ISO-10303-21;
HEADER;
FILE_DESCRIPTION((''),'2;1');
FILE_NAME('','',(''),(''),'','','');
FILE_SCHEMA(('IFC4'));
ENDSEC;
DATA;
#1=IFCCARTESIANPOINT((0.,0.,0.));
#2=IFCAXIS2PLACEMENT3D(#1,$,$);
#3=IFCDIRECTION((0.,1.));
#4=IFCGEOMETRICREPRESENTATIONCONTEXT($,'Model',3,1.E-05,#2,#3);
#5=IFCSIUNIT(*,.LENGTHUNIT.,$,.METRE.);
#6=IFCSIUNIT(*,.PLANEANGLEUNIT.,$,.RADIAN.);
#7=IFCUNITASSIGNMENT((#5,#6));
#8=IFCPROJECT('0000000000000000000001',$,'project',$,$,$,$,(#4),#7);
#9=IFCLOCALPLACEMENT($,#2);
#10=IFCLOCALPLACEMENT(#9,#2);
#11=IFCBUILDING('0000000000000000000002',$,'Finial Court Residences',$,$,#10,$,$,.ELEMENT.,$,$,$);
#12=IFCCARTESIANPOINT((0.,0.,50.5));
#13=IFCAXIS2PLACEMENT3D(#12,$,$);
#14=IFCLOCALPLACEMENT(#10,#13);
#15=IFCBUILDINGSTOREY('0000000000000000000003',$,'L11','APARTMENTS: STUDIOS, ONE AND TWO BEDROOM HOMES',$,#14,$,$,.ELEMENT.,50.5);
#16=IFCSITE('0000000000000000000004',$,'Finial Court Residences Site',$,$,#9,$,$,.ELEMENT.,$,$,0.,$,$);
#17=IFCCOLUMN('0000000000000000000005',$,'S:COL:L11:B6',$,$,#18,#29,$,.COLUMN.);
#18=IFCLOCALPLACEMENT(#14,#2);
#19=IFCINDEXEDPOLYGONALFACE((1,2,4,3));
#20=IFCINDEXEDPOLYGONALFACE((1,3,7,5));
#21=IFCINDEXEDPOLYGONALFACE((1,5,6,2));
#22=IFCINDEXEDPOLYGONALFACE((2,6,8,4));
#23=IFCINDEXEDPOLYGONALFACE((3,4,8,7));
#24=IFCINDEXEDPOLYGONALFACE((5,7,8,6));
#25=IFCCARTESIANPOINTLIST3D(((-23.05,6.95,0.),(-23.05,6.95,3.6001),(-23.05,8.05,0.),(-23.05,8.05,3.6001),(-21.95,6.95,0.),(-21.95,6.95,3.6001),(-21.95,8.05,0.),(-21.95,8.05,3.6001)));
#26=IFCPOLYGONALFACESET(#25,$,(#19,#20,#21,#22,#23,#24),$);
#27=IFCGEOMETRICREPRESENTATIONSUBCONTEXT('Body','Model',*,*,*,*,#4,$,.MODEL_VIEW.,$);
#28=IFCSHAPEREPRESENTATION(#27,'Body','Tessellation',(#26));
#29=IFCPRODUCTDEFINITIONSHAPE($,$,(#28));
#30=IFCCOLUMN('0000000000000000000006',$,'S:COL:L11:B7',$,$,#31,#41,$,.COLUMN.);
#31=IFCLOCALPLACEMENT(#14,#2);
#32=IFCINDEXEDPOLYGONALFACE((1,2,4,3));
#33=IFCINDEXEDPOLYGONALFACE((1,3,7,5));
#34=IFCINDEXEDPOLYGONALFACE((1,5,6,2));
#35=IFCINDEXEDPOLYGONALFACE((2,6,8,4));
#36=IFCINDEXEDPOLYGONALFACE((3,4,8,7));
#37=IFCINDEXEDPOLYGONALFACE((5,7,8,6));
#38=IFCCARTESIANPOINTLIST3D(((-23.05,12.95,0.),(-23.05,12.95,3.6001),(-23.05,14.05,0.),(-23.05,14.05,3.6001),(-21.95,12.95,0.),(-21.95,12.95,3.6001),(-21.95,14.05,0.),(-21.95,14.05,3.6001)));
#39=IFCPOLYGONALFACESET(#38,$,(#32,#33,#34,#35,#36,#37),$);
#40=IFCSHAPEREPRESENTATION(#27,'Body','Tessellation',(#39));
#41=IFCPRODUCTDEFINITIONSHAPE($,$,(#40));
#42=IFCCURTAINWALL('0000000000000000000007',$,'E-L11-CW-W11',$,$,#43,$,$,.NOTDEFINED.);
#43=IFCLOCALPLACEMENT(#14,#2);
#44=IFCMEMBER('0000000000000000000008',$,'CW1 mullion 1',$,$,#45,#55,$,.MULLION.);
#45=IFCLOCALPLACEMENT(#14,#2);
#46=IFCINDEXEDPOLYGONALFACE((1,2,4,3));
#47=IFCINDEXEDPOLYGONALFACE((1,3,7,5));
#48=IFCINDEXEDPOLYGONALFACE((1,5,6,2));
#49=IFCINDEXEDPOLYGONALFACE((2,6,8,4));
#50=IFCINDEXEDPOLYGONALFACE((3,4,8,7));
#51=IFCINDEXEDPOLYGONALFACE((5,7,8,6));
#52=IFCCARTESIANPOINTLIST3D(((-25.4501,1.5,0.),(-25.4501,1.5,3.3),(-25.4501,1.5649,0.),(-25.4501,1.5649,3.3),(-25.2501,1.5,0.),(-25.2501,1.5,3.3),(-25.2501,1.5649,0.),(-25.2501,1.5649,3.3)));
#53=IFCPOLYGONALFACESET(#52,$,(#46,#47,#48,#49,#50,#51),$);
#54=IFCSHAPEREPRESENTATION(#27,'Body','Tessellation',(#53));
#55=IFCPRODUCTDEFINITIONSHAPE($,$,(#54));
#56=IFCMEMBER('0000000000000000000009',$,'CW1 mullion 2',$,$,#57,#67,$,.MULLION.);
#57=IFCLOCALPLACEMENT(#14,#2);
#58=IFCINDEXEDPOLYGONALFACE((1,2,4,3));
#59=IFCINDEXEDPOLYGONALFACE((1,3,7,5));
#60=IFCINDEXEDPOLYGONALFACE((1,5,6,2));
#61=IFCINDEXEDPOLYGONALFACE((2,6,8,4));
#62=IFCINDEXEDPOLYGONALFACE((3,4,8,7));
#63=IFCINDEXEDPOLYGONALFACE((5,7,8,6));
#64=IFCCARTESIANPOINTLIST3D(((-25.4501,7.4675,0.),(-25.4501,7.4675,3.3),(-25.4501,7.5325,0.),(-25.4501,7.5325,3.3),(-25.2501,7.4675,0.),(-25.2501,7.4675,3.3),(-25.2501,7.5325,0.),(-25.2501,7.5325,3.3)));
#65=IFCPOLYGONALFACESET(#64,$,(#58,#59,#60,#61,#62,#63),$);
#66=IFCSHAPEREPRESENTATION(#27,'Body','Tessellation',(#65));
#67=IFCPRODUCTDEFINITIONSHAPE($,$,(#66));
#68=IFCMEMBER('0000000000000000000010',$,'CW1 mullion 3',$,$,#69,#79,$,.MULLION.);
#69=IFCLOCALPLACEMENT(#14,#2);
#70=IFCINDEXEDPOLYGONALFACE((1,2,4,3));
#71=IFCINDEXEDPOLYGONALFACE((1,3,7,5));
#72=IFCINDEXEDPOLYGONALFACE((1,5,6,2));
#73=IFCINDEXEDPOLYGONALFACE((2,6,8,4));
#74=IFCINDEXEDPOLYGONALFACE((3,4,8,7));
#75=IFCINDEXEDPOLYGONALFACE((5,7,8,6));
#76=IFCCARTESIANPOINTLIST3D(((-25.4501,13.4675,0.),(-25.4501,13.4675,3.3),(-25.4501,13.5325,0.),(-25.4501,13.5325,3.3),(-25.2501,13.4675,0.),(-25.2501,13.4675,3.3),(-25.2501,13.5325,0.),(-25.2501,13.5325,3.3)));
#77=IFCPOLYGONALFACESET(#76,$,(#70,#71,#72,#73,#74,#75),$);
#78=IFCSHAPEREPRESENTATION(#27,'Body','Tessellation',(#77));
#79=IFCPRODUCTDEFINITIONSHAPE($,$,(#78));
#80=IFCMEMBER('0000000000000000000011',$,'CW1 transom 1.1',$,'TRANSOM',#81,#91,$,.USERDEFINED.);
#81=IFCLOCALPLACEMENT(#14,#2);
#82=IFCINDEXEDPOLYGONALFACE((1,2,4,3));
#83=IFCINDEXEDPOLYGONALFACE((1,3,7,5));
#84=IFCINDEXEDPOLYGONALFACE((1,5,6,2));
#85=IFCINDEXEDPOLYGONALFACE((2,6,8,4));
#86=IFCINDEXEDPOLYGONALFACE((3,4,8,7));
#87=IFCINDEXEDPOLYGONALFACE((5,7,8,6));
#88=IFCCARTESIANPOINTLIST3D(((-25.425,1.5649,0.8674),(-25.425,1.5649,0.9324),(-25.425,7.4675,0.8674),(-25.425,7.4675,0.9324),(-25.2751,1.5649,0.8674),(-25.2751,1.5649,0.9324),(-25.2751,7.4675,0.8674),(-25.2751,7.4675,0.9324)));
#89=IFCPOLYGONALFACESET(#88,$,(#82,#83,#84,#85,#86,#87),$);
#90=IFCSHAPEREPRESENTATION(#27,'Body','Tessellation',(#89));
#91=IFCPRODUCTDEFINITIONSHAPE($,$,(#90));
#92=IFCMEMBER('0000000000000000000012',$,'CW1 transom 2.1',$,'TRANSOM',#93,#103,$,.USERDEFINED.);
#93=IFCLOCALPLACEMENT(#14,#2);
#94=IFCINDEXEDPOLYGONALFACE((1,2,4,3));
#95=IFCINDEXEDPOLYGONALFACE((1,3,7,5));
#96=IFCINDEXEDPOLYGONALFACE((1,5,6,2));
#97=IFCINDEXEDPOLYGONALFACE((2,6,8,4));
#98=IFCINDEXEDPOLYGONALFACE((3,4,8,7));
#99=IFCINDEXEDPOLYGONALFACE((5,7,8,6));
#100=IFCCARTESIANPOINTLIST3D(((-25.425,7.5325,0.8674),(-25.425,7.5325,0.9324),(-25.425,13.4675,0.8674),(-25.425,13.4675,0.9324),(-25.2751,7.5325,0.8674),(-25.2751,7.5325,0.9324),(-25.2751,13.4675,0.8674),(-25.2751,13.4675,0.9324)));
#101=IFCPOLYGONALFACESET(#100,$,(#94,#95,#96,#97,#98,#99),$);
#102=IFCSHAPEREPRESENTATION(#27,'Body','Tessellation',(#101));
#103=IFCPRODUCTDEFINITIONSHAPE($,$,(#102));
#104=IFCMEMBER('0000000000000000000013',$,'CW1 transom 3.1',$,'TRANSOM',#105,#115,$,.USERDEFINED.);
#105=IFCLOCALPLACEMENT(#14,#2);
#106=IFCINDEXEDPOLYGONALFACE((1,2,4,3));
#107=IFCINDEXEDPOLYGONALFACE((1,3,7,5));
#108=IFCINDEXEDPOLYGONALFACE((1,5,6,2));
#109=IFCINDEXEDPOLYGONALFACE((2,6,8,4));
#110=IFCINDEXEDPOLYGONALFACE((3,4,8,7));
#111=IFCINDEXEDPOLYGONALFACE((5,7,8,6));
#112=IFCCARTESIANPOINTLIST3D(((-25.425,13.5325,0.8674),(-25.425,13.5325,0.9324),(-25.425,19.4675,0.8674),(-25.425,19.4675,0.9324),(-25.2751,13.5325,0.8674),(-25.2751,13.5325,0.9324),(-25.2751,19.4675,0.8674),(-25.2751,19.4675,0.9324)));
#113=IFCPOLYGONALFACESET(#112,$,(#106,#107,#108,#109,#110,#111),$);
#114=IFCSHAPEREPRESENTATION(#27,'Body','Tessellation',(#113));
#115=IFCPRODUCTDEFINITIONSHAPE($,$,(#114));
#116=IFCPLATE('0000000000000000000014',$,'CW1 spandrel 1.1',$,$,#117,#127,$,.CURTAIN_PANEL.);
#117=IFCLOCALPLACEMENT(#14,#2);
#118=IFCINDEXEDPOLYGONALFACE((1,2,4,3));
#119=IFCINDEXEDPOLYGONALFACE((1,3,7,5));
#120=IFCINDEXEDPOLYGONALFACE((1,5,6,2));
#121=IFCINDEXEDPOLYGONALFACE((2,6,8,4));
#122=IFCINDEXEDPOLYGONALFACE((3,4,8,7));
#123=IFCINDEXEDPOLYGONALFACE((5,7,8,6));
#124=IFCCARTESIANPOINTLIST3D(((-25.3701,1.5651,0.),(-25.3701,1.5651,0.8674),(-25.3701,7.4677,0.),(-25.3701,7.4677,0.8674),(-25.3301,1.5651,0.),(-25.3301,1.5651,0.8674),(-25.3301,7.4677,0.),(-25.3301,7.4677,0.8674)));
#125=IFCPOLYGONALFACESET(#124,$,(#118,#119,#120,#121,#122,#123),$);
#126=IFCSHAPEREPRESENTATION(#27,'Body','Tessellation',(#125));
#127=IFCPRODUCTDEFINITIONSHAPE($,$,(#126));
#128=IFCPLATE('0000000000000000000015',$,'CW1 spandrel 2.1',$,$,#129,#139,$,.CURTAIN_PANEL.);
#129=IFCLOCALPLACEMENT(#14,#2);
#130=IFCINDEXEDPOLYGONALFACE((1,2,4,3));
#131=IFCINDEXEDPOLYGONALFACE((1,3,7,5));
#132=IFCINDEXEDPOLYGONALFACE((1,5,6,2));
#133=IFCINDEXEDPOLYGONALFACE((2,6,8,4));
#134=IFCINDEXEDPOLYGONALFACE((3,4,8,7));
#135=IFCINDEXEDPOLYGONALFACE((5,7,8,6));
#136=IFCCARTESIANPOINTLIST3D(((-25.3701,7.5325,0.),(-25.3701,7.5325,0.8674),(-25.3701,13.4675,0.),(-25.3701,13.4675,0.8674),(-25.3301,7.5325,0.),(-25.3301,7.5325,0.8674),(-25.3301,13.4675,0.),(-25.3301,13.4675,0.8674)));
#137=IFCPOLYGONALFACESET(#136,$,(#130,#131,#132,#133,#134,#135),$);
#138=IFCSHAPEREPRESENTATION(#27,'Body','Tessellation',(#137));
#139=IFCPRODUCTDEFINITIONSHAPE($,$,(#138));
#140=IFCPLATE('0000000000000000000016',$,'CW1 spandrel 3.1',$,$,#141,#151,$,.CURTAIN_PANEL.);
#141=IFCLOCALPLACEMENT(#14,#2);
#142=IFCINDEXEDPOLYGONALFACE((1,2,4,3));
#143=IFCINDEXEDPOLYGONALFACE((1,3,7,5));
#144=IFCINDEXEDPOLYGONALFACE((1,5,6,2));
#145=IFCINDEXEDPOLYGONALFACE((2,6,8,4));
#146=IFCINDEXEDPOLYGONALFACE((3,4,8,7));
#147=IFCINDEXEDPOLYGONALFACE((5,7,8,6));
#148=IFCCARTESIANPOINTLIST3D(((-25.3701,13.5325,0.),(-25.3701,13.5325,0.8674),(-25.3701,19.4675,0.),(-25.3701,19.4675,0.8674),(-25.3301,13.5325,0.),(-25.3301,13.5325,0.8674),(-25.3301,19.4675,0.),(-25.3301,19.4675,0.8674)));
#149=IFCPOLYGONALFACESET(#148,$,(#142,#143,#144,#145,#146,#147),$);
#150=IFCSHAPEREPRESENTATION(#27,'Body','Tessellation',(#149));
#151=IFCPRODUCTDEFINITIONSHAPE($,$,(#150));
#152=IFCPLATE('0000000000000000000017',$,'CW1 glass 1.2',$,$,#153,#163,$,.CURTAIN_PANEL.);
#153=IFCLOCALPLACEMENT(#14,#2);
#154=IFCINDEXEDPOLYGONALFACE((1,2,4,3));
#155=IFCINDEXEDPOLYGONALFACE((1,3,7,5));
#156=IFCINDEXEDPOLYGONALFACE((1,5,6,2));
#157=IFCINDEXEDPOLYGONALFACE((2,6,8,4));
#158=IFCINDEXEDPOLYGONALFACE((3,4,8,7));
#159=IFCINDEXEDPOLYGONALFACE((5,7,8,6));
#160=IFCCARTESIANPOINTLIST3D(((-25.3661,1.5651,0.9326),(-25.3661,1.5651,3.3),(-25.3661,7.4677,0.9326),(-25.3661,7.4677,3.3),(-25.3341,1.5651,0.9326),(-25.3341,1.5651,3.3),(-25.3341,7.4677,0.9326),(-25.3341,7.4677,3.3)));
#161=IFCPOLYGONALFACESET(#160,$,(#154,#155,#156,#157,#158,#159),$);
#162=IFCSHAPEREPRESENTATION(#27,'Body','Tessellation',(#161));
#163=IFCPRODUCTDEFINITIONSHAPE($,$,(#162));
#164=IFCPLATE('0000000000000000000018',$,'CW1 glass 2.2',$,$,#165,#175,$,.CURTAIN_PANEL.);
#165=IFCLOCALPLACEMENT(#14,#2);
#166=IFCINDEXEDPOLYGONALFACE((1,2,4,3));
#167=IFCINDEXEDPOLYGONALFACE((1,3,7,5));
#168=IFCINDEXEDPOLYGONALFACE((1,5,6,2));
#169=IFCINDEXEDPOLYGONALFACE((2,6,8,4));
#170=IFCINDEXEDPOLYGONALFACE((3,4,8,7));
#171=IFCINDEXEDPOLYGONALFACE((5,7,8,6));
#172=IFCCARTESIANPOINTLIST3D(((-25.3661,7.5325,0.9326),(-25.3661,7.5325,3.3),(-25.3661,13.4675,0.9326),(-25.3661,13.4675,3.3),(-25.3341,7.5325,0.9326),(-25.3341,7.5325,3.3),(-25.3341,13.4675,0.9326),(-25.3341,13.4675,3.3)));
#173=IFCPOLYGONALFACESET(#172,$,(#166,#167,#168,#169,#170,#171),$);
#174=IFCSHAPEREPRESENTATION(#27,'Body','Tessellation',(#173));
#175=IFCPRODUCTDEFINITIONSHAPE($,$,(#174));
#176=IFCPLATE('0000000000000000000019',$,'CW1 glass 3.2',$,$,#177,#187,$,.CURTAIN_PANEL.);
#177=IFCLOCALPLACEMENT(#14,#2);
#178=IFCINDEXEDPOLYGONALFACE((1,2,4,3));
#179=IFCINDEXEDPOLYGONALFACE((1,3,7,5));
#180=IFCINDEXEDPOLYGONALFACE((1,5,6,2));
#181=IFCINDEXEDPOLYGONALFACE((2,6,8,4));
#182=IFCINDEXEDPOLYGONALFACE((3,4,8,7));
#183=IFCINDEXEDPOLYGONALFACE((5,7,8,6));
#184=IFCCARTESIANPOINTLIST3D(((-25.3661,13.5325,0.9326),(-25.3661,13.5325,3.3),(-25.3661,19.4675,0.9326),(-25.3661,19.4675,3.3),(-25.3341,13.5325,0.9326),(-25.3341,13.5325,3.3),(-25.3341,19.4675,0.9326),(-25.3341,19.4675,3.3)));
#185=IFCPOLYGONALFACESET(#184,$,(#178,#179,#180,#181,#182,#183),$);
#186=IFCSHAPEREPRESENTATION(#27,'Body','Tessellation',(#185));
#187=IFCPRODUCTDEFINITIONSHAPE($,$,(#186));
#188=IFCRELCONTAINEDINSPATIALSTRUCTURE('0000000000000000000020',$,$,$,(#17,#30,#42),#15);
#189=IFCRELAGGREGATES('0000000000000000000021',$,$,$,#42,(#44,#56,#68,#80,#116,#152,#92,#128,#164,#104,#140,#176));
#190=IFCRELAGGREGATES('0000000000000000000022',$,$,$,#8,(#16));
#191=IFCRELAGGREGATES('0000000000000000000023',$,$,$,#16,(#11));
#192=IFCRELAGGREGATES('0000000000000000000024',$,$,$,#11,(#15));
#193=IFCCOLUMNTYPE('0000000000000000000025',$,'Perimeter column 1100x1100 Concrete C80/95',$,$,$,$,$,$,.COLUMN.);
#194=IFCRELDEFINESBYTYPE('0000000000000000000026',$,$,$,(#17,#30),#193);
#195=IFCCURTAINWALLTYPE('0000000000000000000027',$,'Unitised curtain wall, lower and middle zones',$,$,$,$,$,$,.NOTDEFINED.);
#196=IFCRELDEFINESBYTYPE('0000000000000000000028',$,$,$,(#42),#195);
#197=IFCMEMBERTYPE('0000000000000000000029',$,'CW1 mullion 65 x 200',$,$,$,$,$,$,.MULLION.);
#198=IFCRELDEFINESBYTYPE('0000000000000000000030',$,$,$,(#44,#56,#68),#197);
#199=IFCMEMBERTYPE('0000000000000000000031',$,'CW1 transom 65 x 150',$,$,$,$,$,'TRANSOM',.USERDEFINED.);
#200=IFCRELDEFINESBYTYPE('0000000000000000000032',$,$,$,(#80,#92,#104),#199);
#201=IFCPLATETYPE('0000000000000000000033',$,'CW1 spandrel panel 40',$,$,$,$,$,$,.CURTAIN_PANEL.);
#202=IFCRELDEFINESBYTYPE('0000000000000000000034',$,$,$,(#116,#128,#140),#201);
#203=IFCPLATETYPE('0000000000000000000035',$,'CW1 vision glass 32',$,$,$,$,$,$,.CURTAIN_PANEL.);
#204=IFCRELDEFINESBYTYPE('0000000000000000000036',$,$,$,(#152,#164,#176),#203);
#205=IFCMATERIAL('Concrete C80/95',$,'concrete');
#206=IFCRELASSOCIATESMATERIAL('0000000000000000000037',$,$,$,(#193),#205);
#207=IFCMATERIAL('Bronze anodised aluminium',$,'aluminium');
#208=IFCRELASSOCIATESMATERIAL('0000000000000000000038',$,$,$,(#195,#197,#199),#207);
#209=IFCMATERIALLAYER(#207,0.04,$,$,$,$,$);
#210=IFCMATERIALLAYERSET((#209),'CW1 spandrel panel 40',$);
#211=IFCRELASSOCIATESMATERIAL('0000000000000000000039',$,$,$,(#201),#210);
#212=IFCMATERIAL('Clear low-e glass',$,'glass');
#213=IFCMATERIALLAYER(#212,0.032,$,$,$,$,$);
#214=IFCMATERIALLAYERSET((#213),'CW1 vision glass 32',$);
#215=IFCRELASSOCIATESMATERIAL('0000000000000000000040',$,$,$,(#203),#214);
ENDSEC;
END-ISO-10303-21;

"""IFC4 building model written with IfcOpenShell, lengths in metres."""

from ifc_helpers import new_model, si_unit, direction, frame, origin, origin_2d, place, context, subcontext, project, spatial, rectangle, extrude, material, layer, layer_set, material_profile, profile_set, type_object, element, aggregate, save


model = new_model("IFC4")

# Units and contexts
model_context = context("Model", 3, precision=1e-05, world=origin(), true_north=direction((0.0, 1.0)))
body_context = subcontext(model_context, "Body", "Model", "MODEL_VIEW")
ifc_project = project(units=[si_unit("LENGTHUNIT", "METRE"), si_unit("PLANEANGLEUNIT", "RADIAN")], contexts=[model_context])

# Site, building, storey
site_placement = place(None, origin())
site = spatial("IfcSite", under=ifc_project, at=site_placement, Name="Finial Court Residences Site", CompositionType="ELEMENT", RefElevation=0.0)
building_placement = place(site_placement, origin())
building = spatial("IfcBuilding", under=site, at=building_placement, Name="Finial Court Residences", CompositionType="ELEMENT")
storey_placement = place(building_placement, frame((0.0, 0.0, 50.5)))
storey = spatial("IfcBuildingStorey", under=building, at=storey_placement, Name="L11", Description="APARTMENTS: STUDIOS, ONE AND TWO BEDROOM HOMES", CompositionType="ELEMENT", Elevation=50.5)

# Columns
ifc_material_1 = material(Name="Concrete C80/95", Category="concrete")
ifc_material_profile_1 = material_profile(ifc_material_1, rectangle(XDim=1.1001, YDim=1.1001, at=origin_2d()), Name="1100x1100")
ifc_profile_set_1 = profile_set([ifc_material_profile_1], Name="Concrete C80/95")
column_type = type_object("IfcColumnType", Name="Perimeter column 1100x1100 Concrete C80/95", PredefinedType="COLUMN", material=ifc_profile_set_1)
for number, where, z_axis, x_axis, name in (
    (1, (-22.5, 7.5, 0.0), (0.0, 0.0, 1.0), (1.0, 0.0, 0.0), "S:COL:L11:B6"),
    (2, (-22.5, 13.5, 0.0), (0.0, 0.0, 1.0), (1.0, 0.0, 0.0), "S:COL:L11:B7"),
):
    element("IfcColumn", number, at=place(storey_placement, frame(where, z_axis=z_axis, x_axis=x_axis)), inside=storey, type_object=column_type, Name=name, PredefinedType="COLUMN", context=body_context, shape_type="SweptSolid", body=[
        extrude(rectangle(XDim=1.1001, YDim=1.1001, at=origin_2d()), origin(), (0.0, 0.0, 1.0), 3.6001),
    ])

# Curtain wall, members, plates
ifc_material_2 = material(Name="Bronze anodised aluminium", Category="aluminium")
curtain_wall_type = type_object("IfcCurtainWallType", Name="Unitised curtain wall, lower and middle zones", PredefinedType="NOTDEFINED", material=ifc_material_2)
curtain_wall_placement = place(storey_placement, origin())
curtain_wall = element("IfcCurtainWall", 3, at=curtain_wall_placement, inside=storey, type_object=curtain_wall_type, Name="E-L11-CW-W11", PredefinedType="NOTDEFINED")
ifc_material_profile_2 = material_profile(ifc_material_2, rectangle(XDim=0.2, YDim=0.0649, at=origin_2d()), Name="CW1 mullion 65 x 200")
ifc_profile_set_2 = profile_set([ifc_material_profile_2], Name="Bronze anodised aluminium")
member_type_1 = type_object("IfcMemberType", Name="CW1 mullion 65 x 200", PredefinedType="MULLION", material=ifc_profile_set_2)
member_1_placement = place(storey_placement, frame((-25.3501, 1.5325, 0.0), z_axis=(0.0, 0.0, 1.0), x_axis=(-1.0, 0.0, 0.0)))
member_1 = element("IfcMember", 4, at=member_1_placement, type_object=member_type_1, Name="CW1 mullion 1", PredefinedType="MULLION", context=body_context, shape_type="SweptSolid", body=[
    extrude(rectangle(XDim=0.2, YDim=0.0649, at=origin_2d()), origin(), (0.0, 0.0, 1.0), 3.3),
])
member_2_placement = place(storey_placement, frame((-25.3501, 7.5, 0.0), z_axis=(0.0, 0.0, 1.0), x_axis=(-1.0, 0.0, 0.0)))
member_2 = element("IfcMember", 5, at=member_2_placement, type_object=member_type_1, Name="CW1 mullion 2", PredefinedType="MULLION", context=body_context, shape_type="SweptSolid", body=[
    extrude(rectangle(XDim=0.2, YDim=0.0649, at=origin_2d()), origin(), (0.0, 0.0, 1.0), 3.3),
])
member_3_placement = place(storey_placement, frame((-25.3501, 13.5, 0.0), z_axis=(0.0, 0.0, 1.0), x_axis=(-1.0, 0.0, 0.0)))
member_3 = element("IfcMember", 6, at=member_3_placement, type_object=member_type_1, Name="CW1 mullion 3", PredefinedType="MULLION", context=body_context, shape_type="SweptSolid", body=[
    extrude(rectangle(XDim=0.2, YDim=0.0649, at=origin_2d()), origin(), (0.0, 0.0, 1.0), 3.3),
])
ifc_material_profile_3 = material_profile(ifc_material_2, rectangle(XDim=0.1499, YDim=0.0649, at=origin_2d()), Name="CW1 transom 65 x 150")
ifc_profile_set_3 = profile_set([ifc_material_profile_3], Name="Bronze anodised aluminium")
member_type_2 = type_object("IfcMemberType", Name="CW1 transom 65 x 150", ElementType="TRANSOM", PredefinedType="USERDEFINED", material=ifc_profile_set_3)
member_4_placement = place(storey_placement, frame((-25.3501, 1.5649, 0.8999), z_axis=(0.0, 1.0, 0.0), x_axis=(-1.0, 0.0, 0.0)))
member_4 = element("IfcMember", 7, at=member_4_placement, type_object=member_type_2, Name="CW1 transom 1.1", ObjectType="TRANSOM", PredefinedType="USERDEFINED", context=body_context, shape_type="SweptSolid", body=[
    extrude(rectangle(XDim=0.1499, YDim=0.0649, at=origin_2d()), origin(), (0.0, 0.0, 1.0), 5.9026),
])
member_5_placement = place(storey_placement, frame((-25.3501, 7.5325, 0.8999), z_axis=(0.0, 1.0, 0.0), x_axis=(-1.0, 0.0, 0.0)))
member_5 = element("IfcMember", 8, at=member_5_placement, type_object=member_type_2, Name="CW1 transom 2.1", ObjectType="TRANSOM", PredefinedType="USERDEFINED", context=body_context, shape_type="SweptSolid", body=[
    extrude(rectangle(XDim=0.1499, YDim=0.0649, at=origin_2d()), origin(), (0.0, 0.0, 1.0), 5.9351),
])
member_6_placement = place(storey_placement, frame((-25.3501, 13.5325, 0.8999), z_axis=(0.0, 1.0, 0.0), x_axis=(-1.0, 0.0, 0.0)))
member_6 = element("IfcMember", 9, at=member_6_placement, type_object=member_type_2, Name="CW1 transom 3.1", ObjectType="TRANSOM", PredefinedType="USERDEFINED", context=body_context, shape_type="SweptSolid", body=[
    extrude(rectangle(XDim=0.1499, YDim=0.0649, at=origin_2d()), origin(), (0.0, 0.0, 1.0), 5.9351),
])
ifc_layer_1 = layer(ifc_material_2, 0.04)
ifc_layer_set_1 = layer_set([ifc_layer_1], Name="CW1 spandrel panel 40")
plate_type_1 = type_object("IfcPlateType", Name="CW1 spandrel panel 40", PredefinedType="CURTAIN_PANEL", material=ifc_layer_set_1)
plate_1_placement = place(storey_placement, frame((-25.3501, 4.5164, 0.0), z_axis=(0.0, 0.0, 1.0), x_axis=(0.0, 1.0, 0.0)))
plate_1 = element("IfcPlate", 10, at=plate_1_placement, type_object=plate_type_1, Name="CW1 spandrel 1.1", PredefinedType="CURTAIN_PANEL", context=body_context, shape_type="SweptSolid", body=[
    extrude(rectangle(XDim=5.9026, YDim=0.04, at=origin_2d()), origin(), (0.0, 0.0, 1.0), 0.8674),
])
plate_2_placement = place(storey_placement, frame((-25.3501, 10.5, 0.0), z_axis=(0.0, 0.0, 1.0), x_axis=(0.0, 1.0, 0.0)))
plate_2 = element("IfcPlate", 11, at=plate_2_placement, type_object=plate_type_1, Name="CW1 spandrel 2.1", PredefinedType="CURTAIN_PANEL", context=body_context, shape_type="SweptSolid", body=[
    extrude(rectangle(XDim=5.9351, YDim=0.04, at=origin_2d()), origin(), (0.0, 0.0, 1.0), 0.8674),
])
plate_3_placement = place(storey_placement, frame((-25.3501, 16.5, 0.0), z_axis=(0.0, 0.0, 1.0), x_axis=(0.0, 1.0, 0.0)))
plate_3 = element("IfcPlate", 12, at=plate_3_placement, type_object=plate_type_1, Name="CW1 spandrel 3.1", PredefinedType="CURTAIN_PANEL", context=body_context, shape_type="SweptSolid", body=[
    extrude(rectangle(XDim=5.9351, YDim=0.04, at=origin_2d()), origin(), (0.0, 0.0, 1.0), 0.8674),
])
ifc_material_3 = material(Name="Clear low-e glass", Category="glass")
ifc_layer_2 = layer(ifc_material_3, 0.032)
ifc_layer_set_2 = layer_set([ifc_layer_2], Name="CW1 vision glass 32")
plate_type_2 = type_object("IfcPlateType", Name="CW1 vision glass 32", PredefinedType="CURTAIN_PANEL", material=ifc_layer_set_2)
plate_4_placement = place(storey_placement, frame((-25.3501, 4.5164, 0.9326), z_axis=(0.0, 0.0, 1.0), x_axis=(0.0, 1.0, 0.0)))
plate_4 = element("IfcPlate", 13, at=plate_4_placement, type_object=plate_type_2, Name="CW1 glass 1.2", PredefinedType="CURTAIN_PANEL", context=body_context, shape_type="SweptSolid", body=[
    extrude(rectangle(XDim=5.9026, YDim=0.032, at=origin_2d()), origin(), (0.0, 0.0, 1.0), 2.3674),
])
plate_5_placement = place(storey_placement, frame((-25.3501, 10.5, 0.9326), z_axis=(0.0, 0.0, 1.0), x_axis=(0.0, 1.0, 0.0)))
plate_5 = element("IfcPlate", 14, at=plate_5_placement, type_object=plate_type_2, Name="CW1 glass 2.2", PredefinedType="CURTAIN_PANEL", context=body_context, shape_type="SweptSolid", body=[
    extrude(rectangle(XDim=5.9351, YDim=0.032, at=origin_2d()), origin(), (0.0, 0.0, 1.0), 2.3674),
])
plate_6_placement = place(storey_placement, frame((-25.3501, 16.5, 0.9326), z_axis=(0.0, 0.0, 1.0), x_axis=(0.0, 1.0, 0.0)))
plate_6 = element("IfcPlate", 15, at=plate_6_placement, type_object=plate_type_2, Name="CW1 glass 3.2", PredefinedType="CURTAIN_PANEL", context=body_context, shape_type="SweptSolid", body=[
    extrude(rectangle(XDim=5.9351, YDim=0.032, at=origin_2d()), origin(), (0.0, 0.0, 1.0), 2.3674),
])
aggregate(curtain_wall, [member_1, member_2, member_3, member_4, plate_1, plate_4, member_5, plate_2, plate_5, member_6, plate_3, plate_6])

save(model, "model.ifc")
